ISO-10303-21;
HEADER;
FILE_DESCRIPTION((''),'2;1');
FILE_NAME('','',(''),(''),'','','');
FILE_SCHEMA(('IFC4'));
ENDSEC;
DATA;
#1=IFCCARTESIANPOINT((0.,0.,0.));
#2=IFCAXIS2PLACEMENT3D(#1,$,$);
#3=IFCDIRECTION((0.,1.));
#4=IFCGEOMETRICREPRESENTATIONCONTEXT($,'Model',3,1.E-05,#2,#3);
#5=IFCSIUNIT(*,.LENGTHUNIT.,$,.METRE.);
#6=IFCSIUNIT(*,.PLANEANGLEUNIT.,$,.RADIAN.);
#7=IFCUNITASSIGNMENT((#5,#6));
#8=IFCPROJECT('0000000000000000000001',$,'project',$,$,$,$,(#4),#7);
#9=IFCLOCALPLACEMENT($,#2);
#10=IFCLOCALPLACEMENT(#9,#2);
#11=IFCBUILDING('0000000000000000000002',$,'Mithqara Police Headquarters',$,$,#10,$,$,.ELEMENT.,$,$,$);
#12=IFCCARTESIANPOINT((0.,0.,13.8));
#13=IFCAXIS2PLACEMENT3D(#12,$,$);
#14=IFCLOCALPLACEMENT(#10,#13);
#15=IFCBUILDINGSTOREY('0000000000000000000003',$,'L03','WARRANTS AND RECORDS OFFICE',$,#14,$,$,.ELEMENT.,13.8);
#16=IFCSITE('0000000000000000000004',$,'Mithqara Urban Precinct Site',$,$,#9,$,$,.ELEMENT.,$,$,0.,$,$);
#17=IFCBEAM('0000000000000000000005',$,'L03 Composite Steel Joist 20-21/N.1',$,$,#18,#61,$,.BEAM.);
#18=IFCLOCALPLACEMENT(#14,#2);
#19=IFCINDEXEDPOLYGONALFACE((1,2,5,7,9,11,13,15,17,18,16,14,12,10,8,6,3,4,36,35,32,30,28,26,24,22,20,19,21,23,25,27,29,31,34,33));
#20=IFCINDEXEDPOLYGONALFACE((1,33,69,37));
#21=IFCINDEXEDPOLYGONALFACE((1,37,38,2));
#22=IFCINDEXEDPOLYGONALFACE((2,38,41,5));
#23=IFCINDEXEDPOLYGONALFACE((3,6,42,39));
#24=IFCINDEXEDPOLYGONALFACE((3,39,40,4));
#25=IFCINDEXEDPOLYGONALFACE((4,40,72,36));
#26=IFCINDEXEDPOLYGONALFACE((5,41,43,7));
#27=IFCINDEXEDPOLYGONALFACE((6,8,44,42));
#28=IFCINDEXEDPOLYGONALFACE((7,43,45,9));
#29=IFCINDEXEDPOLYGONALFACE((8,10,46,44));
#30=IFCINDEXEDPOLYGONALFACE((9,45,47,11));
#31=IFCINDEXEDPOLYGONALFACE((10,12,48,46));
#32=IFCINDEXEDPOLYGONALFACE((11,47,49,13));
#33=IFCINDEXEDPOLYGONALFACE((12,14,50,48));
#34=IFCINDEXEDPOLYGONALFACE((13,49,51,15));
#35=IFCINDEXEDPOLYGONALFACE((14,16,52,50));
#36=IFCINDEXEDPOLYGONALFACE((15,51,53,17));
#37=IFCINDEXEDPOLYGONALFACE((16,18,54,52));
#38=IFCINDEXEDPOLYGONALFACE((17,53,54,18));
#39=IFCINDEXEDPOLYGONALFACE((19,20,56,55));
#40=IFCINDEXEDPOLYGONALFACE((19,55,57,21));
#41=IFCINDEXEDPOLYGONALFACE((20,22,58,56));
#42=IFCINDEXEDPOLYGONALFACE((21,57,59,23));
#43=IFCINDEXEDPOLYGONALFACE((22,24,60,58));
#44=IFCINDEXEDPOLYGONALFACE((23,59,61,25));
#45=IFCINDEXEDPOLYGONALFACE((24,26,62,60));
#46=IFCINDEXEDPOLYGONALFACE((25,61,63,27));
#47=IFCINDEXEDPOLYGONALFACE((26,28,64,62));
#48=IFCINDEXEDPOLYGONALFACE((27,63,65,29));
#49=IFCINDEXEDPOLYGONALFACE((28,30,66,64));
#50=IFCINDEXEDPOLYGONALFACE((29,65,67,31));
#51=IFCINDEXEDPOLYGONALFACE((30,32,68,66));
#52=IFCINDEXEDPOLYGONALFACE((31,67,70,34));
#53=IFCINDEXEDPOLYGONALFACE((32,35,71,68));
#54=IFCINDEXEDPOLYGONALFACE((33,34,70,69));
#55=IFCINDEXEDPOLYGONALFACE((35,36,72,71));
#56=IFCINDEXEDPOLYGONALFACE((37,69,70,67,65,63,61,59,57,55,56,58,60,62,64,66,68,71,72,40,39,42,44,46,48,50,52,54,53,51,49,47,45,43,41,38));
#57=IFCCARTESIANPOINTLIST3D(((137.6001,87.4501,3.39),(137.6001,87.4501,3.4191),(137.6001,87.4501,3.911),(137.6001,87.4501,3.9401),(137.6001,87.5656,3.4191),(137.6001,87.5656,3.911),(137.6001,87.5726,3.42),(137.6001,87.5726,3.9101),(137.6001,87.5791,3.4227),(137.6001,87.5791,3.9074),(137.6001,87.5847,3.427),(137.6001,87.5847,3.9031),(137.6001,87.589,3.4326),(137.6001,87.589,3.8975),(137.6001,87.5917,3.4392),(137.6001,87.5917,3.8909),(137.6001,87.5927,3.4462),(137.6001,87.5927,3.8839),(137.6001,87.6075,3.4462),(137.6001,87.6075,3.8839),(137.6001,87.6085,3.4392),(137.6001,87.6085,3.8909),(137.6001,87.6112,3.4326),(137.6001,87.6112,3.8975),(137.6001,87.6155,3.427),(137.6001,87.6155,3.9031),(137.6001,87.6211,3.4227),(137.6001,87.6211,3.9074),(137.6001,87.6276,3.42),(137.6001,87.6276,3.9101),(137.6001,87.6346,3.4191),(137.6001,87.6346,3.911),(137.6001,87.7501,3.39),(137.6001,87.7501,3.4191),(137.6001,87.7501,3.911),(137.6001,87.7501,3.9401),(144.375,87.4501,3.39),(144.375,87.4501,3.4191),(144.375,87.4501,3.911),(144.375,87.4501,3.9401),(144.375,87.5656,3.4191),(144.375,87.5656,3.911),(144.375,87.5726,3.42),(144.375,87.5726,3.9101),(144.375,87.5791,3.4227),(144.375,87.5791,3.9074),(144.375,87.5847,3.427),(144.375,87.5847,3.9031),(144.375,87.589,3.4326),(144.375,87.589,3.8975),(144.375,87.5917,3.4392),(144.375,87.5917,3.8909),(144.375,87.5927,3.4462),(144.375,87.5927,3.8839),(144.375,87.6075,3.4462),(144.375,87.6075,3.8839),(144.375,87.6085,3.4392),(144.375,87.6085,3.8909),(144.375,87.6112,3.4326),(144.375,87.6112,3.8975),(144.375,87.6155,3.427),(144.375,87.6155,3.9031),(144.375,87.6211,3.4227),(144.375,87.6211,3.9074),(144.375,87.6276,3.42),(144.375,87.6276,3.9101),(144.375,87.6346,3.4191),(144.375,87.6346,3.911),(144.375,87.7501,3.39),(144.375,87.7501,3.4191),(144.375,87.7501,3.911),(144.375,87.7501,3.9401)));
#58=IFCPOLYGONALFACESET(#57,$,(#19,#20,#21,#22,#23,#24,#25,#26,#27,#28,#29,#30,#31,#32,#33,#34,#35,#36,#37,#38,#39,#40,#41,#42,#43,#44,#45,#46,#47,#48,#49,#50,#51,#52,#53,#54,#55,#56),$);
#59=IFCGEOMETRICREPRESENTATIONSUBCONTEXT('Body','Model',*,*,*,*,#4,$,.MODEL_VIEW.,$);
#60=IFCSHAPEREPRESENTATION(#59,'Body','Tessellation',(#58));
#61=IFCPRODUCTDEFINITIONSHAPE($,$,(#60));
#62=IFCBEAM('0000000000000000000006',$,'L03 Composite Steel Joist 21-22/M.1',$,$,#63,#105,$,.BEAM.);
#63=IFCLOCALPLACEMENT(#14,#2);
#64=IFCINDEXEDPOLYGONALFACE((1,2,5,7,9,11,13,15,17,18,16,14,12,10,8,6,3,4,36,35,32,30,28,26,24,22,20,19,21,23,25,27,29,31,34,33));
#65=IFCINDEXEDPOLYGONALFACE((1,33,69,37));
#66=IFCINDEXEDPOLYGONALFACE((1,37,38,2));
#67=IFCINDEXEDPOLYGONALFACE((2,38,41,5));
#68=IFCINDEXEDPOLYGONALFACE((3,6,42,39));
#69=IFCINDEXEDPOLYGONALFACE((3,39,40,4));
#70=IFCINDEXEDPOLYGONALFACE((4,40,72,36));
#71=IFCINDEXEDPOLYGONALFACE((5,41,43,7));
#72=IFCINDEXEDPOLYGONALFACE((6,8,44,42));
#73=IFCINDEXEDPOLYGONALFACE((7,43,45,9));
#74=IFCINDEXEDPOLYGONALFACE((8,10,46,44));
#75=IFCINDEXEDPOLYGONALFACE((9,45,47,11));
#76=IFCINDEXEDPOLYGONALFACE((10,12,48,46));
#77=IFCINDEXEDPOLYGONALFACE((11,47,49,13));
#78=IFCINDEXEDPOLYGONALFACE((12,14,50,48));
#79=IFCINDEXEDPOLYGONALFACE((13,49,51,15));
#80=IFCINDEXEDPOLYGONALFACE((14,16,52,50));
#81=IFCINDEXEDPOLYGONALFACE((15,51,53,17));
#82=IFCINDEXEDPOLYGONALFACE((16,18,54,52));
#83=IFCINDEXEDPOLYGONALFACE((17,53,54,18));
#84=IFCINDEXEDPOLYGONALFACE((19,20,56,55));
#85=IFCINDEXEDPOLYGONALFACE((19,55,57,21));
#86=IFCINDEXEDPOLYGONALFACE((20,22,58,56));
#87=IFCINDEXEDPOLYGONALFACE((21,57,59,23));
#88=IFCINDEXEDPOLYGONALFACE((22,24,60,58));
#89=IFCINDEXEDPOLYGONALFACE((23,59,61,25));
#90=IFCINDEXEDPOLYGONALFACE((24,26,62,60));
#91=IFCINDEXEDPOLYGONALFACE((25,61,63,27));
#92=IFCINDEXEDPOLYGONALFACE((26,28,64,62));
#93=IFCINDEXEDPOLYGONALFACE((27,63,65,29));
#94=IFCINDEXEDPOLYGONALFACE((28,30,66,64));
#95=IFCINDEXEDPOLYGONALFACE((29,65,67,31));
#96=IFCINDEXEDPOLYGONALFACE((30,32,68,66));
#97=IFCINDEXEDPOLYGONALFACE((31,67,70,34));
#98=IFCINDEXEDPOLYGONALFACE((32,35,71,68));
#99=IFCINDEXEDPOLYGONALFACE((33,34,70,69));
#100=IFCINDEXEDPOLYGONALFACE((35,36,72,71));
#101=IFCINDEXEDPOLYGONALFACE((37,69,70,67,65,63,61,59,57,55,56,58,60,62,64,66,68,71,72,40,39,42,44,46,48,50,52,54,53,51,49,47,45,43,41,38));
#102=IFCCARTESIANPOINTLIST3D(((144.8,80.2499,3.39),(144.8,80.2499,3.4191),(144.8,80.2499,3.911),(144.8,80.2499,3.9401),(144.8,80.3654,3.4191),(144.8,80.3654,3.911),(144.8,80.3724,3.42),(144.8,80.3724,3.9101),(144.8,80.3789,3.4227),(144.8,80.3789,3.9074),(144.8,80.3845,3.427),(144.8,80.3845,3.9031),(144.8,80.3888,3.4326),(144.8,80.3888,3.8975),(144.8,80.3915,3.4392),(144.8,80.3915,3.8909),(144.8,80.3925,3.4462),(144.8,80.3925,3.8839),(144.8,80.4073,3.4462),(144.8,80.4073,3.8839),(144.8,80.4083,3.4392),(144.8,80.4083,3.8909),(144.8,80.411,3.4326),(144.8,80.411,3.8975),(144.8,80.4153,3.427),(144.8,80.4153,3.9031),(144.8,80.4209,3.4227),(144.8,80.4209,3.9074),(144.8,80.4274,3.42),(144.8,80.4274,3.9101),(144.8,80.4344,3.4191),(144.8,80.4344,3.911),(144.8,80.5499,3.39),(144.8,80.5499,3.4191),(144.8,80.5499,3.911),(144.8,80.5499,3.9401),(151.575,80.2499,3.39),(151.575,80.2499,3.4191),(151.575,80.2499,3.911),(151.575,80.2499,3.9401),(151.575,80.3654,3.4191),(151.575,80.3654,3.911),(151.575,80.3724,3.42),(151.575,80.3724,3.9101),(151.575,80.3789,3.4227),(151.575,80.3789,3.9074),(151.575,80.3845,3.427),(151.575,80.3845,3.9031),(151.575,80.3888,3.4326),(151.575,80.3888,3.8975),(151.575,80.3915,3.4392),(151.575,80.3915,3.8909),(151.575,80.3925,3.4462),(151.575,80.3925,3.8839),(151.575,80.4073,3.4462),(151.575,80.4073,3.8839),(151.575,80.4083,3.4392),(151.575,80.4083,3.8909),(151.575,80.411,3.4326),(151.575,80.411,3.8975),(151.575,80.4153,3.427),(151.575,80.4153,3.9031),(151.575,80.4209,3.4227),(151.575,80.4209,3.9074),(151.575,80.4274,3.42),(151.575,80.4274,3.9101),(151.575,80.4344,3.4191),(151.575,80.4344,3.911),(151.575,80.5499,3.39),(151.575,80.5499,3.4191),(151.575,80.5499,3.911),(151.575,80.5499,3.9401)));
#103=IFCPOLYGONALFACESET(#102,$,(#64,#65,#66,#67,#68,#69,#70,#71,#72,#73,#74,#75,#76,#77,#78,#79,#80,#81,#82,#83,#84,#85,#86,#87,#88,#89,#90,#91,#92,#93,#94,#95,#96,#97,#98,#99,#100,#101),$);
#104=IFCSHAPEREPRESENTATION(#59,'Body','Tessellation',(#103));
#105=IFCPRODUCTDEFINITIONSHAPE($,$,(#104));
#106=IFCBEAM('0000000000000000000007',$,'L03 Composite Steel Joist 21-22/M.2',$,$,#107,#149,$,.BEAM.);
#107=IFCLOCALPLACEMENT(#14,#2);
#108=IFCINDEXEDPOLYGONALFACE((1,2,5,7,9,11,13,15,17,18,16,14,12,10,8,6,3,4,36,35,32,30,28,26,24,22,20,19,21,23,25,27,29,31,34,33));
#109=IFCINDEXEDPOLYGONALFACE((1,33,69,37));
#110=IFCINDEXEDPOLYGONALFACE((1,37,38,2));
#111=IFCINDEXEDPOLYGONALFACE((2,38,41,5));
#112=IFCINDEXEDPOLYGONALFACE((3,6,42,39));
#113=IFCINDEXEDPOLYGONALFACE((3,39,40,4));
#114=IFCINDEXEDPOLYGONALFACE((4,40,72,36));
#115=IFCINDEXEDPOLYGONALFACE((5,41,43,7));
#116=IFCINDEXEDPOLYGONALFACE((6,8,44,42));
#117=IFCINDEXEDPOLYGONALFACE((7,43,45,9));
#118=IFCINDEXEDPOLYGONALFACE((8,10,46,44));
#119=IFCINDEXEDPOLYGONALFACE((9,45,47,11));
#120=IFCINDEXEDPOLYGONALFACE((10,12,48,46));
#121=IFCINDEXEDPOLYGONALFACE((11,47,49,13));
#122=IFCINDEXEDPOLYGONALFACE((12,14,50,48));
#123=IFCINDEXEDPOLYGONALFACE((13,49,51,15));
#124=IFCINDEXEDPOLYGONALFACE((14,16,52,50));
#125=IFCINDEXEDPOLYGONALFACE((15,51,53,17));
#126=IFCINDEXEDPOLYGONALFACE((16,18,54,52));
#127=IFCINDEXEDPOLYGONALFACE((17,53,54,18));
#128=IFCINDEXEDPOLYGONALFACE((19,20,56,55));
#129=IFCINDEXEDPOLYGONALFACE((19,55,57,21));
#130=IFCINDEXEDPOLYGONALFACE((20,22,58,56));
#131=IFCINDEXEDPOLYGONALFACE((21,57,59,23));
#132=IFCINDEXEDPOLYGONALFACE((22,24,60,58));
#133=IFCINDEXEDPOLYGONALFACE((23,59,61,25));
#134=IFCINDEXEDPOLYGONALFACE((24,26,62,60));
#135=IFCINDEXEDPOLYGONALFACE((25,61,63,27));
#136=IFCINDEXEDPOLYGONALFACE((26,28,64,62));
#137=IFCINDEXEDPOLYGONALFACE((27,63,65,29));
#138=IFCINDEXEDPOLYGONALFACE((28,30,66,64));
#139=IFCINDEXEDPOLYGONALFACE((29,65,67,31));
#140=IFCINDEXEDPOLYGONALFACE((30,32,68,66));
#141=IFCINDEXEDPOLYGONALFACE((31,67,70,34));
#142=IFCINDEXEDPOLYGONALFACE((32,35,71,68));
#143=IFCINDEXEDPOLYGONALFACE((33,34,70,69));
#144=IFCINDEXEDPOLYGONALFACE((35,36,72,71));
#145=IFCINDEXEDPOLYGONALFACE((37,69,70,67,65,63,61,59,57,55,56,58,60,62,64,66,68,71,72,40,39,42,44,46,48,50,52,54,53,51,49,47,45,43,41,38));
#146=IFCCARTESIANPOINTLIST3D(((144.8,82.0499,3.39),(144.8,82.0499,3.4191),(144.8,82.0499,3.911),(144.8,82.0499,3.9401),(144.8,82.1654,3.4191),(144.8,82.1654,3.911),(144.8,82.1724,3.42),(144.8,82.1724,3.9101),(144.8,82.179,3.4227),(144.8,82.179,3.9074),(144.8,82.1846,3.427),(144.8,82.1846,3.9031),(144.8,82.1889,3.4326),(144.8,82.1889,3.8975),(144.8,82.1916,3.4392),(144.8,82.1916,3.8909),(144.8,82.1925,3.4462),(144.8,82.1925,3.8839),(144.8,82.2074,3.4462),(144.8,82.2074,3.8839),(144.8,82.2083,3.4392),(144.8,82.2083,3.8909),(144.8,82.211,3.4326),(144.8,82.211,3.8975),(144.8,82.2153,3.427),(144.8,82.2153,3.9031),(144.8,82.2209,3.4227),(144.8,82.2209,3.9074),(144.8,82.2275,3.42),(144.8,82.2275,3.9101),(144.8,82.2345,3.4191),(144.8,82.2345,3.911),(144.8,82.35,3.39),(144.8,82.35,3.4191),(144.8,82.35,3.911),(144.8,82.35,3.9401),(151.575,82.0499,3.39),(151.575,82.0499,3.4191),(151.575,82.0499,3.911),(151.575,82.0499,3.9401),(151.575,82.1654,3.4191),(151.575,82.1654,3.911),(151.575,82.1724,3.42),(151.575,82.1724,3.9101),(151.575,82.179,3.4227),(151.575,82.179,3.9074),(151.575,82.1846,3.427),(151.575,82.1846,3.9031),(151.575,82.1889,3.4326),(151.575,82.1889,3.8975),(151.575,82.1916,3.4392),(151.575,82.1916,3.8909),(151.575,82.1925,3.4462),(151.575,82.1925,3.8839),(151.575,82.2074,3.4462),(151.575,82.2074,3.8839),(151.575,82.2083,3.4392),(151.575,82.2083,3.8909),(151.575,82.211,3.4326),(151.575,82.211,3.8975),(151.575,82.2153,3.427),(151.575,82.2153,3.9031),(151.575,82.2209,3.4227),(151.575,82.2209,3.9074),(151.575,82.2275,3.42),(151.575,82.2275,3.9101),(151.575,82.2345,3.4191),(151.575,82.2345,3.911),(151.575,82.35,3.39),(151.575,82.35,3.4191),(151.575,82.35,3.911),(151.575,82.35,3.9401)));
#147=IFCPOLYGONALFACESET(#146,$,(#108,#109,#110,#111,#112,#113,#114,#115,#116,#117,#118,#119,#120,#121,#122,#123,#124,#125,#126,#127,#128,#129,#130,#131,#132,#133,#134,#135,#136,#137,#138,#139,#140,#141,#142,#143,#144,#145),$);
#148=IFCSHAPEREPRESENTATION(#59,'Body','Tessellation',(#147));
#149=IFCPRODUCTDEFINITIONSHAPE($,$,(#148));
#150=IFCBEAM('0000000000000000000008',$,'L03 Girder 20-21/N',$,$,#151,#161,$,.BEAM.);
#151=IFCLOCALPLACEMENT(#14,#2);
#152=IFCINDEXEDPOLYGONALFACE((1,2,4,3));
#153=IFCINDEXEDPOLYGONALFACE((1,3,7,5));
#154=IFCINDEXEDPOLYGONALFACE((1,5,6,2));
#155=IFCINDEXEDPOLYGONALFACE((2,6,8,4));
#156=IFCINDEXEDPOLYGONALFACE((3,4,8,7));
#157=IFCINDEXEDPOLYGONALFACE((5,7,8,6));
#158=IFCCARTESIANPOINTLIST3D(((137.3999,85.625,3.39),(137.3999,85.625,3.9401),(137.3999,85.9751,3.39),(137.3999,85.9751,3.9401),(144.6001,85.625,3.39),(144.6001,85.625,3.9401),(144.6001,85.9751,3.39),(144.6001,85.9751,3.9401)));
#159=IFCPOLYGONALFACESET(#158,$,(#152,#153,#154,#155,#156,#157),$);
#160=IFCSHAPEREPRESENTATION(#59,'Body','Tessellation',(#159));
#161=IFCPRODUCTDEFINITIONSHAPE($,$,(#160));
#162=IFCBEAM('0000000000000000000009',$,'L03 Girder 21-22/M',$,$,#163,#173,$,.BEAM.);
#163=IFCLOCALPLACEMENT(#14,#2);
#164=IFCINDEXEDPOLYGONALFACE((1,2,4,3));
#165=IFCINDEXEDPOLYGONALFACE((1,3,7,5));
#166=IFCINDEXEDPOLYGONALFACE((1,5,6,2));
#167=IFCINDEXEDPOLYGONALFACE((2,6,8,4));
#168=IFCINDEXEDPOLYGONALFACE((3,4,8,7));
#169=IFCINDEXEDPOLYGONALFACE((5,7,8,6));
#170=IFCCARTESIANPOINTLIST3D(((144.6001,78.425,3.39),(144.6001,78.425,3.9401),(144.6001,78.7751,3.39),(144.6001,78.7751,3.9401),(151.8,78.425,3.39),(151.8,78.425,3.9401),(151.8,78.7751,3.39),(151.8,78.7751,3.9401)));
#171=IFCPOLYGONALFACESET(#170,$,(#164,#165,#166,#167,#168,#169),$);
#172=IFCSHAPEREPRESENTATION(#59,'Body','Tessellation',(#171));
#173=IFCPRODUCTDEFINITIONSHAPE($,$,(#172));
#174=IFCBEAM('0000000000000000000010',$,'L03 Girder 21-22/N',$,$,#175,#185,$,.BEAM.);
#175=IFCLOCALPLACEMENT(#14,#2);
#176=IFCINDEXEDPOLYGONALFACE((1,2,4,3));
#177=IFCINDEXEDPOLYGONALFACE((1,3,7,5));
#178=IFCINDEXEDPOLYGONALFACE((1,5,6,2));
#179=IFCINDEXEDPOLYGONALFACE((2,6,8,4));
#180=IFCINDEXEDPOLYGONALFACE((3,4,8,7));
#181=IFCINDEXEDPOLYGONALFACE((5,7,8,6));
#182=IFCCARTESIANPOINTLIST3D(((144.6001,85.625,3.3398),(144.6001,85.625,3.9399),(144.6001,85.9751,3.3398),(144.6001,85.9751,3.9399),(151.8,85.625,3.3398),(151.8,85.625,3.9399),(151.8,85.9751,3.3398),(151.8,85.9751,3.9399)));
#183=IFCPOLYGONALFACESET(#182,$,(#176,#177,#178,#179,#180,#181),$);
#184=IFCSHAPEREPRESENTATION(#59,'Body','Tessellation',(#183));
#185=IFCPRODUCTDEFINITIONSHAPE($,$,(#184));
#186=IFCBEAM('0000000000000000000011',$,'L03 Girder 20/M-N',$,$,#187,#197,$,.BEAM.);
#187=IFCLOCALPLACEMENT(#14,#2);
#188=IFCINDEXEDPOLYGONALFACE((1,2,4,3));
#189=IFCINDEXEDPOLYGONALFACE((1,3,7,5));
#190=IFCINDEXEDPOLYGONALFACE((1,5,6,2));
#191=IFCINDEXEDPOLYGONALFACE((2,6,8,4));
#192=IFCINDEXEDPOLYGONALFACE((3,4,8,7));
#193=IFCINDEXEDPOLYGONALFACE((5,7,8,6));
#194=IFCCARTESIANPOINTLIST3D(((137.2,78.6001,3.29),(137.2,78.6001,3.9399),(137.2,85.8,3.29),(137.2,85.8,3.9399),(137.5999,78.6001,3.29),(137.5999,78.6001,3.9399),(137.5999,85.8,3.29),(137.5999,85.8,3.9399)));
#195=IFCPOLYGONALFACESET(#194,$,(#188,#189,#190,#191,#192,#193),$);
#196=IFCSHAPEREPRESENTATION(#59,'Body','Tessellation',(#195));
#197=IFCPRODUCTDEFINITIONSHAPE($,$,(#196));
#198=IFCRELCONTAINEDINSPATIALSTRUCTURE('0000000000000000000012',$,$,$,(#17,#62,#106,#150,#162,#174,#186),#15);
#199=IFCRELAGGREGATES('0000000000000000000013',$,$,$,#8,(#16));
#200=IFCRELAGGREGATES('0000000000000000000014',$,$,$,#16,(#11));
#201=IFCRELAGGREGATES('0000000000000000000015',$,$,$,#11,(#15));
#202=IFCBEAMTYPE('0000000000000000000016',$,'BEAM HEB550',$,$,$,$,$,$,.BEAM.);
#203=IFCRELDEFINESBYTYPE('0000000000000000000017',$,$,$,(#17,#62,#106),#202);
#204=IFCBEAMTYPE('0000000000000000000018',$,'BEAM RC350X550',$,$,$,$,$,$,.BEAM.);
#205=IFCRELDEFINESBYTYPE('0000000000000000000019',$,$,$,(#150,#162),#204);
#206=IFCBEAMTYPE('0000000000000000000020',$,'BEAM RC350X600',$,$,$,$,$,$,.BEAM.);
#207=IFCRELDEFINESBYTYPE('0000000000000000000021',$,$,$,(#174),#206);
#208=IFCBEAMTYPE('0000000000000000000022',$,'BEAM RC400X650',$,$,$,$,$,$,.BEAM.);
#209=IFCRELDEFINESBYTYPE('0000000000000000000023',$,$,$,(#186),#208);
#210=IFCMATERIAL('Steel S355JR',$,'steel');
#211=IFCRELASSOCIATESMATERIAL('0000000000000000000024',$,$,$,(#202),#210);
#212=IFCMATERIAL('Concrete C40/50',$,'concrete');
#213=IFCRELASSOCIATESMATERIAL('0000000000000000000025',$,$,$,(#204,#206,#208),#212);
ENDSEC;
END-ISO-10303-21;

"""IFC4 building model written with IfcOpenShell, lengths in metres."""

from ifc_helpers import new_model, si_unit, direction, frame, origin, origin_2d, place, context, subcontext, project, spatial, rectangle, i_section, extrude, material, material_profile, profile_set, type_object, element, save


model = new_model("IFC4")

# Units and contexts
model_context = context("Model", 3, precision=1e-05, world=origin(), true_north=direction((0.0, 1.0)))
body_context = subcontext(model_context, "Body", "Model", "MODEL_VIEW")
ifc_project = project(units=[si_unit("LENGTHUNIT", "METRE"), si_unit("PLANEANGLEUNIT", "RADIAN")], contexts=[model_context])

# Site, building, storey
site_placement = place(None, origin())
site = spatial("IfcSite", under=ifc_project, at=site_placement, Name="Mithqara Urban Precinct Site", CompositionType="ELEMENT", RefElevation=0.0)
building_placement = place(site_placement, origin())
building = spatial("IfcBuilding", under=site, at=building_placement, Name="Mithqara Police Headquarters", CompositionType="ELEMENT")
storey_placement = place(building_placement, frame((0.0, 0.0, 13.8)))
storey = spatial("IfcBuildingStorey", under=building, at=storey_placement, Name="L03", Description="WARRANTS AND RECORDS OFFICE", CompositionType="ELEMENT", Elevation=13.8)

# Beams
ifc_material_1 = material(Name="Steel S355JR", Category="steel")
ifc_material_profile_1 = material_profile(ifc_material_1, i_section(OverallWidth=0.3, OverallDepth=0.55, WebThickness=0.0149, FlangeThickness=0.0291, FilletRadius=0.0271, at=origin_2d()), Name="HEB 550")
ifc_profile_set_1 = profile_set([ifc_material_profile_1], Name="Steel S355JR")
beam_type_1 = type_object("IfcBeamType", Name="BEAM HEB550", PredefinedType="BEAM", material=ifc_profile_set_1)
for number, where, z_axis, x_axis, name in (
    (1, (137.6001, 87.6001, 3.665), (1.0, 0.0, 0.0), (0.0, 1.0, 0.0), "L03 Composite Steel Joist 20-21/N.1"),
    (2, (144.8, 80.3999, 3.665), (1.0, 0.0, 0.0), (0.0, 1.0, 0.0), "L03 Composite Steel Joist 21-22/M.1"),
    (3, (144.8, 82.2, 3.665), (1.0, 0.0, 0.0), (0.0, 1.0, 0.0), "L03 Composite Steel Joist 21-22/M.2"),
):
    element("IfcBeam", number, at=place(storey_placement, frame(where, z_axis=z_axis, x_axis=x_axis)), inside=storey, type_object=beam_type_1, Name=name, PredefinedType="BEAM", context=body_context, shape_type="SweptSolid", body=[
        extrude(i_section(OverallWidth=0.3, OverallDepth=0.55, WebThickness=0.0149, FlangeThickness=0.0291, FilletRadius=0.0271, at=origin_2d()), origin(), (0.0, 0.0, 1.0), 6.7749),
    ])
ifc_material_2 = material(Name="Concrete C40/50", Category="concrete")
ifc_material_profile_2 = material_profile(ifc_material_2, rectangle(XDim=0.3501, YDim=0.55, at=origin_2d()), Name="RC 350x550")
ifc_profile_set_2 = profile_set([ifc_material_profile_2], Name="Concrete C40/50")
beam_type_2 = type_object("IfcBeamType", Name="BEAM RC350X550", PredefinedType="BEAM", material=ifc_profile_set_2)
beam_1_placement = place(storey_placement, frame((137.3999, 85.8, 3.665), z_axis=(1.0, 0.0, 0.0), x_axis=(0.0, 1.0, 0.0)))
element("IfcBeam", 4, at=beam_1_placement, inside=storey, type_object=beam_type_2, Name="L03 Girder 20-21/N", PredefinedType="BEAM", context=body_context, shape_type="SweptSolid", body=[
    extrude(rectangle(XDim=0.3501, YDim=0.55, at=origin_2d()), origin(), (0.0, 0.0, 1.0), 7.2002),
])
beam_2_placement = place(storey_placement, frame((144.6001, 78.6001, 3.665), z_axis=(1.0, 0.0, 0.0), x_axis=(0.0, 1.0, 0.0)))
element("IfcBeam", 5, at=beam_2_placement, inside=storey, type_object=beam_type_2, Name="L03 Girder 21-22/M", PredefinedType="BEAM", context=body_context, shape_type="SweptSolid", body=[
    extrude(rectangle(XDim=0.3501, YDim=0.55, at=origin_2d()), origin(), (0.0, 0.0, 1.0), 7.2),
])
ifc_material_profile_3 = material_profile(ifc_material_2, rectangle(XDim=0.3501, YDim=0.6001, at=origin_2d()), Name="RC 350x600")
ifc_profile_set_3 = profile_set([ifc_material_profile_3], Name="Concrete C40/50")
beam_type_3 = type_object("IfcBeamType", Name="BEAM RC350X600", PredefinedType="BEAM", material=ifc_profile_set_3)
beam_3_placement = place(storey_placement, frame((144.6001, 85.8, 3.6399), z_axis=(1.0, 0.0, 0.0), x_axis=(0.0, 1.0, 0.0)))
element("IfcBeam", 6, at=beam_3_placement, inside=storey, type_object=beam_type_3, Name="L03 Girder 21-22/N", PredefinedType="BEAM", context=body_context, shape_type="SweptSolid", body=[
    extrude(rectangle(XDim=0.3501, YDim=0.6001, at=origin_2d()), origin(), (0.0, 0.0, 1.0), 7.2),
])
ifc_material_profile_4 = material_profile(ifc_material_2, rectangle(XDim=0.3999, YDim=0.6499, at=origin_2d()), Name="RC 400x650")
ifc_profile_set_4 = profile_set([ifc_material_profile_4], Name="Concrete C40/50")
beam_type_4 = type_object("IfcBeamType", Name="BEAM RC400X650", PredefinedType="BEAM", material=ifc_profile_set_4)
beam_4_placement = place(storey_placement, frame((137.3999, 78.6001, 3.615), z_axis=(0.0, 1.0, 0.0), x_axis=(-1.0, 0.0, 0.0)))
element("IfcBeam", 7, at=beam_4_placement, inside=storey, type_object=beam_type_4, Name="L03 Girder 20/M-N", PredefinedType="BEAM", context=body_context, shape_type="SweptSolid", body=[
    extrude(rectangle(XDim=0.3999, YDim=0.6499, at=origin_2d()), origin(), (0.0, 0.0, 1.0), 7.2),
])

save(model, "model.ifc")
